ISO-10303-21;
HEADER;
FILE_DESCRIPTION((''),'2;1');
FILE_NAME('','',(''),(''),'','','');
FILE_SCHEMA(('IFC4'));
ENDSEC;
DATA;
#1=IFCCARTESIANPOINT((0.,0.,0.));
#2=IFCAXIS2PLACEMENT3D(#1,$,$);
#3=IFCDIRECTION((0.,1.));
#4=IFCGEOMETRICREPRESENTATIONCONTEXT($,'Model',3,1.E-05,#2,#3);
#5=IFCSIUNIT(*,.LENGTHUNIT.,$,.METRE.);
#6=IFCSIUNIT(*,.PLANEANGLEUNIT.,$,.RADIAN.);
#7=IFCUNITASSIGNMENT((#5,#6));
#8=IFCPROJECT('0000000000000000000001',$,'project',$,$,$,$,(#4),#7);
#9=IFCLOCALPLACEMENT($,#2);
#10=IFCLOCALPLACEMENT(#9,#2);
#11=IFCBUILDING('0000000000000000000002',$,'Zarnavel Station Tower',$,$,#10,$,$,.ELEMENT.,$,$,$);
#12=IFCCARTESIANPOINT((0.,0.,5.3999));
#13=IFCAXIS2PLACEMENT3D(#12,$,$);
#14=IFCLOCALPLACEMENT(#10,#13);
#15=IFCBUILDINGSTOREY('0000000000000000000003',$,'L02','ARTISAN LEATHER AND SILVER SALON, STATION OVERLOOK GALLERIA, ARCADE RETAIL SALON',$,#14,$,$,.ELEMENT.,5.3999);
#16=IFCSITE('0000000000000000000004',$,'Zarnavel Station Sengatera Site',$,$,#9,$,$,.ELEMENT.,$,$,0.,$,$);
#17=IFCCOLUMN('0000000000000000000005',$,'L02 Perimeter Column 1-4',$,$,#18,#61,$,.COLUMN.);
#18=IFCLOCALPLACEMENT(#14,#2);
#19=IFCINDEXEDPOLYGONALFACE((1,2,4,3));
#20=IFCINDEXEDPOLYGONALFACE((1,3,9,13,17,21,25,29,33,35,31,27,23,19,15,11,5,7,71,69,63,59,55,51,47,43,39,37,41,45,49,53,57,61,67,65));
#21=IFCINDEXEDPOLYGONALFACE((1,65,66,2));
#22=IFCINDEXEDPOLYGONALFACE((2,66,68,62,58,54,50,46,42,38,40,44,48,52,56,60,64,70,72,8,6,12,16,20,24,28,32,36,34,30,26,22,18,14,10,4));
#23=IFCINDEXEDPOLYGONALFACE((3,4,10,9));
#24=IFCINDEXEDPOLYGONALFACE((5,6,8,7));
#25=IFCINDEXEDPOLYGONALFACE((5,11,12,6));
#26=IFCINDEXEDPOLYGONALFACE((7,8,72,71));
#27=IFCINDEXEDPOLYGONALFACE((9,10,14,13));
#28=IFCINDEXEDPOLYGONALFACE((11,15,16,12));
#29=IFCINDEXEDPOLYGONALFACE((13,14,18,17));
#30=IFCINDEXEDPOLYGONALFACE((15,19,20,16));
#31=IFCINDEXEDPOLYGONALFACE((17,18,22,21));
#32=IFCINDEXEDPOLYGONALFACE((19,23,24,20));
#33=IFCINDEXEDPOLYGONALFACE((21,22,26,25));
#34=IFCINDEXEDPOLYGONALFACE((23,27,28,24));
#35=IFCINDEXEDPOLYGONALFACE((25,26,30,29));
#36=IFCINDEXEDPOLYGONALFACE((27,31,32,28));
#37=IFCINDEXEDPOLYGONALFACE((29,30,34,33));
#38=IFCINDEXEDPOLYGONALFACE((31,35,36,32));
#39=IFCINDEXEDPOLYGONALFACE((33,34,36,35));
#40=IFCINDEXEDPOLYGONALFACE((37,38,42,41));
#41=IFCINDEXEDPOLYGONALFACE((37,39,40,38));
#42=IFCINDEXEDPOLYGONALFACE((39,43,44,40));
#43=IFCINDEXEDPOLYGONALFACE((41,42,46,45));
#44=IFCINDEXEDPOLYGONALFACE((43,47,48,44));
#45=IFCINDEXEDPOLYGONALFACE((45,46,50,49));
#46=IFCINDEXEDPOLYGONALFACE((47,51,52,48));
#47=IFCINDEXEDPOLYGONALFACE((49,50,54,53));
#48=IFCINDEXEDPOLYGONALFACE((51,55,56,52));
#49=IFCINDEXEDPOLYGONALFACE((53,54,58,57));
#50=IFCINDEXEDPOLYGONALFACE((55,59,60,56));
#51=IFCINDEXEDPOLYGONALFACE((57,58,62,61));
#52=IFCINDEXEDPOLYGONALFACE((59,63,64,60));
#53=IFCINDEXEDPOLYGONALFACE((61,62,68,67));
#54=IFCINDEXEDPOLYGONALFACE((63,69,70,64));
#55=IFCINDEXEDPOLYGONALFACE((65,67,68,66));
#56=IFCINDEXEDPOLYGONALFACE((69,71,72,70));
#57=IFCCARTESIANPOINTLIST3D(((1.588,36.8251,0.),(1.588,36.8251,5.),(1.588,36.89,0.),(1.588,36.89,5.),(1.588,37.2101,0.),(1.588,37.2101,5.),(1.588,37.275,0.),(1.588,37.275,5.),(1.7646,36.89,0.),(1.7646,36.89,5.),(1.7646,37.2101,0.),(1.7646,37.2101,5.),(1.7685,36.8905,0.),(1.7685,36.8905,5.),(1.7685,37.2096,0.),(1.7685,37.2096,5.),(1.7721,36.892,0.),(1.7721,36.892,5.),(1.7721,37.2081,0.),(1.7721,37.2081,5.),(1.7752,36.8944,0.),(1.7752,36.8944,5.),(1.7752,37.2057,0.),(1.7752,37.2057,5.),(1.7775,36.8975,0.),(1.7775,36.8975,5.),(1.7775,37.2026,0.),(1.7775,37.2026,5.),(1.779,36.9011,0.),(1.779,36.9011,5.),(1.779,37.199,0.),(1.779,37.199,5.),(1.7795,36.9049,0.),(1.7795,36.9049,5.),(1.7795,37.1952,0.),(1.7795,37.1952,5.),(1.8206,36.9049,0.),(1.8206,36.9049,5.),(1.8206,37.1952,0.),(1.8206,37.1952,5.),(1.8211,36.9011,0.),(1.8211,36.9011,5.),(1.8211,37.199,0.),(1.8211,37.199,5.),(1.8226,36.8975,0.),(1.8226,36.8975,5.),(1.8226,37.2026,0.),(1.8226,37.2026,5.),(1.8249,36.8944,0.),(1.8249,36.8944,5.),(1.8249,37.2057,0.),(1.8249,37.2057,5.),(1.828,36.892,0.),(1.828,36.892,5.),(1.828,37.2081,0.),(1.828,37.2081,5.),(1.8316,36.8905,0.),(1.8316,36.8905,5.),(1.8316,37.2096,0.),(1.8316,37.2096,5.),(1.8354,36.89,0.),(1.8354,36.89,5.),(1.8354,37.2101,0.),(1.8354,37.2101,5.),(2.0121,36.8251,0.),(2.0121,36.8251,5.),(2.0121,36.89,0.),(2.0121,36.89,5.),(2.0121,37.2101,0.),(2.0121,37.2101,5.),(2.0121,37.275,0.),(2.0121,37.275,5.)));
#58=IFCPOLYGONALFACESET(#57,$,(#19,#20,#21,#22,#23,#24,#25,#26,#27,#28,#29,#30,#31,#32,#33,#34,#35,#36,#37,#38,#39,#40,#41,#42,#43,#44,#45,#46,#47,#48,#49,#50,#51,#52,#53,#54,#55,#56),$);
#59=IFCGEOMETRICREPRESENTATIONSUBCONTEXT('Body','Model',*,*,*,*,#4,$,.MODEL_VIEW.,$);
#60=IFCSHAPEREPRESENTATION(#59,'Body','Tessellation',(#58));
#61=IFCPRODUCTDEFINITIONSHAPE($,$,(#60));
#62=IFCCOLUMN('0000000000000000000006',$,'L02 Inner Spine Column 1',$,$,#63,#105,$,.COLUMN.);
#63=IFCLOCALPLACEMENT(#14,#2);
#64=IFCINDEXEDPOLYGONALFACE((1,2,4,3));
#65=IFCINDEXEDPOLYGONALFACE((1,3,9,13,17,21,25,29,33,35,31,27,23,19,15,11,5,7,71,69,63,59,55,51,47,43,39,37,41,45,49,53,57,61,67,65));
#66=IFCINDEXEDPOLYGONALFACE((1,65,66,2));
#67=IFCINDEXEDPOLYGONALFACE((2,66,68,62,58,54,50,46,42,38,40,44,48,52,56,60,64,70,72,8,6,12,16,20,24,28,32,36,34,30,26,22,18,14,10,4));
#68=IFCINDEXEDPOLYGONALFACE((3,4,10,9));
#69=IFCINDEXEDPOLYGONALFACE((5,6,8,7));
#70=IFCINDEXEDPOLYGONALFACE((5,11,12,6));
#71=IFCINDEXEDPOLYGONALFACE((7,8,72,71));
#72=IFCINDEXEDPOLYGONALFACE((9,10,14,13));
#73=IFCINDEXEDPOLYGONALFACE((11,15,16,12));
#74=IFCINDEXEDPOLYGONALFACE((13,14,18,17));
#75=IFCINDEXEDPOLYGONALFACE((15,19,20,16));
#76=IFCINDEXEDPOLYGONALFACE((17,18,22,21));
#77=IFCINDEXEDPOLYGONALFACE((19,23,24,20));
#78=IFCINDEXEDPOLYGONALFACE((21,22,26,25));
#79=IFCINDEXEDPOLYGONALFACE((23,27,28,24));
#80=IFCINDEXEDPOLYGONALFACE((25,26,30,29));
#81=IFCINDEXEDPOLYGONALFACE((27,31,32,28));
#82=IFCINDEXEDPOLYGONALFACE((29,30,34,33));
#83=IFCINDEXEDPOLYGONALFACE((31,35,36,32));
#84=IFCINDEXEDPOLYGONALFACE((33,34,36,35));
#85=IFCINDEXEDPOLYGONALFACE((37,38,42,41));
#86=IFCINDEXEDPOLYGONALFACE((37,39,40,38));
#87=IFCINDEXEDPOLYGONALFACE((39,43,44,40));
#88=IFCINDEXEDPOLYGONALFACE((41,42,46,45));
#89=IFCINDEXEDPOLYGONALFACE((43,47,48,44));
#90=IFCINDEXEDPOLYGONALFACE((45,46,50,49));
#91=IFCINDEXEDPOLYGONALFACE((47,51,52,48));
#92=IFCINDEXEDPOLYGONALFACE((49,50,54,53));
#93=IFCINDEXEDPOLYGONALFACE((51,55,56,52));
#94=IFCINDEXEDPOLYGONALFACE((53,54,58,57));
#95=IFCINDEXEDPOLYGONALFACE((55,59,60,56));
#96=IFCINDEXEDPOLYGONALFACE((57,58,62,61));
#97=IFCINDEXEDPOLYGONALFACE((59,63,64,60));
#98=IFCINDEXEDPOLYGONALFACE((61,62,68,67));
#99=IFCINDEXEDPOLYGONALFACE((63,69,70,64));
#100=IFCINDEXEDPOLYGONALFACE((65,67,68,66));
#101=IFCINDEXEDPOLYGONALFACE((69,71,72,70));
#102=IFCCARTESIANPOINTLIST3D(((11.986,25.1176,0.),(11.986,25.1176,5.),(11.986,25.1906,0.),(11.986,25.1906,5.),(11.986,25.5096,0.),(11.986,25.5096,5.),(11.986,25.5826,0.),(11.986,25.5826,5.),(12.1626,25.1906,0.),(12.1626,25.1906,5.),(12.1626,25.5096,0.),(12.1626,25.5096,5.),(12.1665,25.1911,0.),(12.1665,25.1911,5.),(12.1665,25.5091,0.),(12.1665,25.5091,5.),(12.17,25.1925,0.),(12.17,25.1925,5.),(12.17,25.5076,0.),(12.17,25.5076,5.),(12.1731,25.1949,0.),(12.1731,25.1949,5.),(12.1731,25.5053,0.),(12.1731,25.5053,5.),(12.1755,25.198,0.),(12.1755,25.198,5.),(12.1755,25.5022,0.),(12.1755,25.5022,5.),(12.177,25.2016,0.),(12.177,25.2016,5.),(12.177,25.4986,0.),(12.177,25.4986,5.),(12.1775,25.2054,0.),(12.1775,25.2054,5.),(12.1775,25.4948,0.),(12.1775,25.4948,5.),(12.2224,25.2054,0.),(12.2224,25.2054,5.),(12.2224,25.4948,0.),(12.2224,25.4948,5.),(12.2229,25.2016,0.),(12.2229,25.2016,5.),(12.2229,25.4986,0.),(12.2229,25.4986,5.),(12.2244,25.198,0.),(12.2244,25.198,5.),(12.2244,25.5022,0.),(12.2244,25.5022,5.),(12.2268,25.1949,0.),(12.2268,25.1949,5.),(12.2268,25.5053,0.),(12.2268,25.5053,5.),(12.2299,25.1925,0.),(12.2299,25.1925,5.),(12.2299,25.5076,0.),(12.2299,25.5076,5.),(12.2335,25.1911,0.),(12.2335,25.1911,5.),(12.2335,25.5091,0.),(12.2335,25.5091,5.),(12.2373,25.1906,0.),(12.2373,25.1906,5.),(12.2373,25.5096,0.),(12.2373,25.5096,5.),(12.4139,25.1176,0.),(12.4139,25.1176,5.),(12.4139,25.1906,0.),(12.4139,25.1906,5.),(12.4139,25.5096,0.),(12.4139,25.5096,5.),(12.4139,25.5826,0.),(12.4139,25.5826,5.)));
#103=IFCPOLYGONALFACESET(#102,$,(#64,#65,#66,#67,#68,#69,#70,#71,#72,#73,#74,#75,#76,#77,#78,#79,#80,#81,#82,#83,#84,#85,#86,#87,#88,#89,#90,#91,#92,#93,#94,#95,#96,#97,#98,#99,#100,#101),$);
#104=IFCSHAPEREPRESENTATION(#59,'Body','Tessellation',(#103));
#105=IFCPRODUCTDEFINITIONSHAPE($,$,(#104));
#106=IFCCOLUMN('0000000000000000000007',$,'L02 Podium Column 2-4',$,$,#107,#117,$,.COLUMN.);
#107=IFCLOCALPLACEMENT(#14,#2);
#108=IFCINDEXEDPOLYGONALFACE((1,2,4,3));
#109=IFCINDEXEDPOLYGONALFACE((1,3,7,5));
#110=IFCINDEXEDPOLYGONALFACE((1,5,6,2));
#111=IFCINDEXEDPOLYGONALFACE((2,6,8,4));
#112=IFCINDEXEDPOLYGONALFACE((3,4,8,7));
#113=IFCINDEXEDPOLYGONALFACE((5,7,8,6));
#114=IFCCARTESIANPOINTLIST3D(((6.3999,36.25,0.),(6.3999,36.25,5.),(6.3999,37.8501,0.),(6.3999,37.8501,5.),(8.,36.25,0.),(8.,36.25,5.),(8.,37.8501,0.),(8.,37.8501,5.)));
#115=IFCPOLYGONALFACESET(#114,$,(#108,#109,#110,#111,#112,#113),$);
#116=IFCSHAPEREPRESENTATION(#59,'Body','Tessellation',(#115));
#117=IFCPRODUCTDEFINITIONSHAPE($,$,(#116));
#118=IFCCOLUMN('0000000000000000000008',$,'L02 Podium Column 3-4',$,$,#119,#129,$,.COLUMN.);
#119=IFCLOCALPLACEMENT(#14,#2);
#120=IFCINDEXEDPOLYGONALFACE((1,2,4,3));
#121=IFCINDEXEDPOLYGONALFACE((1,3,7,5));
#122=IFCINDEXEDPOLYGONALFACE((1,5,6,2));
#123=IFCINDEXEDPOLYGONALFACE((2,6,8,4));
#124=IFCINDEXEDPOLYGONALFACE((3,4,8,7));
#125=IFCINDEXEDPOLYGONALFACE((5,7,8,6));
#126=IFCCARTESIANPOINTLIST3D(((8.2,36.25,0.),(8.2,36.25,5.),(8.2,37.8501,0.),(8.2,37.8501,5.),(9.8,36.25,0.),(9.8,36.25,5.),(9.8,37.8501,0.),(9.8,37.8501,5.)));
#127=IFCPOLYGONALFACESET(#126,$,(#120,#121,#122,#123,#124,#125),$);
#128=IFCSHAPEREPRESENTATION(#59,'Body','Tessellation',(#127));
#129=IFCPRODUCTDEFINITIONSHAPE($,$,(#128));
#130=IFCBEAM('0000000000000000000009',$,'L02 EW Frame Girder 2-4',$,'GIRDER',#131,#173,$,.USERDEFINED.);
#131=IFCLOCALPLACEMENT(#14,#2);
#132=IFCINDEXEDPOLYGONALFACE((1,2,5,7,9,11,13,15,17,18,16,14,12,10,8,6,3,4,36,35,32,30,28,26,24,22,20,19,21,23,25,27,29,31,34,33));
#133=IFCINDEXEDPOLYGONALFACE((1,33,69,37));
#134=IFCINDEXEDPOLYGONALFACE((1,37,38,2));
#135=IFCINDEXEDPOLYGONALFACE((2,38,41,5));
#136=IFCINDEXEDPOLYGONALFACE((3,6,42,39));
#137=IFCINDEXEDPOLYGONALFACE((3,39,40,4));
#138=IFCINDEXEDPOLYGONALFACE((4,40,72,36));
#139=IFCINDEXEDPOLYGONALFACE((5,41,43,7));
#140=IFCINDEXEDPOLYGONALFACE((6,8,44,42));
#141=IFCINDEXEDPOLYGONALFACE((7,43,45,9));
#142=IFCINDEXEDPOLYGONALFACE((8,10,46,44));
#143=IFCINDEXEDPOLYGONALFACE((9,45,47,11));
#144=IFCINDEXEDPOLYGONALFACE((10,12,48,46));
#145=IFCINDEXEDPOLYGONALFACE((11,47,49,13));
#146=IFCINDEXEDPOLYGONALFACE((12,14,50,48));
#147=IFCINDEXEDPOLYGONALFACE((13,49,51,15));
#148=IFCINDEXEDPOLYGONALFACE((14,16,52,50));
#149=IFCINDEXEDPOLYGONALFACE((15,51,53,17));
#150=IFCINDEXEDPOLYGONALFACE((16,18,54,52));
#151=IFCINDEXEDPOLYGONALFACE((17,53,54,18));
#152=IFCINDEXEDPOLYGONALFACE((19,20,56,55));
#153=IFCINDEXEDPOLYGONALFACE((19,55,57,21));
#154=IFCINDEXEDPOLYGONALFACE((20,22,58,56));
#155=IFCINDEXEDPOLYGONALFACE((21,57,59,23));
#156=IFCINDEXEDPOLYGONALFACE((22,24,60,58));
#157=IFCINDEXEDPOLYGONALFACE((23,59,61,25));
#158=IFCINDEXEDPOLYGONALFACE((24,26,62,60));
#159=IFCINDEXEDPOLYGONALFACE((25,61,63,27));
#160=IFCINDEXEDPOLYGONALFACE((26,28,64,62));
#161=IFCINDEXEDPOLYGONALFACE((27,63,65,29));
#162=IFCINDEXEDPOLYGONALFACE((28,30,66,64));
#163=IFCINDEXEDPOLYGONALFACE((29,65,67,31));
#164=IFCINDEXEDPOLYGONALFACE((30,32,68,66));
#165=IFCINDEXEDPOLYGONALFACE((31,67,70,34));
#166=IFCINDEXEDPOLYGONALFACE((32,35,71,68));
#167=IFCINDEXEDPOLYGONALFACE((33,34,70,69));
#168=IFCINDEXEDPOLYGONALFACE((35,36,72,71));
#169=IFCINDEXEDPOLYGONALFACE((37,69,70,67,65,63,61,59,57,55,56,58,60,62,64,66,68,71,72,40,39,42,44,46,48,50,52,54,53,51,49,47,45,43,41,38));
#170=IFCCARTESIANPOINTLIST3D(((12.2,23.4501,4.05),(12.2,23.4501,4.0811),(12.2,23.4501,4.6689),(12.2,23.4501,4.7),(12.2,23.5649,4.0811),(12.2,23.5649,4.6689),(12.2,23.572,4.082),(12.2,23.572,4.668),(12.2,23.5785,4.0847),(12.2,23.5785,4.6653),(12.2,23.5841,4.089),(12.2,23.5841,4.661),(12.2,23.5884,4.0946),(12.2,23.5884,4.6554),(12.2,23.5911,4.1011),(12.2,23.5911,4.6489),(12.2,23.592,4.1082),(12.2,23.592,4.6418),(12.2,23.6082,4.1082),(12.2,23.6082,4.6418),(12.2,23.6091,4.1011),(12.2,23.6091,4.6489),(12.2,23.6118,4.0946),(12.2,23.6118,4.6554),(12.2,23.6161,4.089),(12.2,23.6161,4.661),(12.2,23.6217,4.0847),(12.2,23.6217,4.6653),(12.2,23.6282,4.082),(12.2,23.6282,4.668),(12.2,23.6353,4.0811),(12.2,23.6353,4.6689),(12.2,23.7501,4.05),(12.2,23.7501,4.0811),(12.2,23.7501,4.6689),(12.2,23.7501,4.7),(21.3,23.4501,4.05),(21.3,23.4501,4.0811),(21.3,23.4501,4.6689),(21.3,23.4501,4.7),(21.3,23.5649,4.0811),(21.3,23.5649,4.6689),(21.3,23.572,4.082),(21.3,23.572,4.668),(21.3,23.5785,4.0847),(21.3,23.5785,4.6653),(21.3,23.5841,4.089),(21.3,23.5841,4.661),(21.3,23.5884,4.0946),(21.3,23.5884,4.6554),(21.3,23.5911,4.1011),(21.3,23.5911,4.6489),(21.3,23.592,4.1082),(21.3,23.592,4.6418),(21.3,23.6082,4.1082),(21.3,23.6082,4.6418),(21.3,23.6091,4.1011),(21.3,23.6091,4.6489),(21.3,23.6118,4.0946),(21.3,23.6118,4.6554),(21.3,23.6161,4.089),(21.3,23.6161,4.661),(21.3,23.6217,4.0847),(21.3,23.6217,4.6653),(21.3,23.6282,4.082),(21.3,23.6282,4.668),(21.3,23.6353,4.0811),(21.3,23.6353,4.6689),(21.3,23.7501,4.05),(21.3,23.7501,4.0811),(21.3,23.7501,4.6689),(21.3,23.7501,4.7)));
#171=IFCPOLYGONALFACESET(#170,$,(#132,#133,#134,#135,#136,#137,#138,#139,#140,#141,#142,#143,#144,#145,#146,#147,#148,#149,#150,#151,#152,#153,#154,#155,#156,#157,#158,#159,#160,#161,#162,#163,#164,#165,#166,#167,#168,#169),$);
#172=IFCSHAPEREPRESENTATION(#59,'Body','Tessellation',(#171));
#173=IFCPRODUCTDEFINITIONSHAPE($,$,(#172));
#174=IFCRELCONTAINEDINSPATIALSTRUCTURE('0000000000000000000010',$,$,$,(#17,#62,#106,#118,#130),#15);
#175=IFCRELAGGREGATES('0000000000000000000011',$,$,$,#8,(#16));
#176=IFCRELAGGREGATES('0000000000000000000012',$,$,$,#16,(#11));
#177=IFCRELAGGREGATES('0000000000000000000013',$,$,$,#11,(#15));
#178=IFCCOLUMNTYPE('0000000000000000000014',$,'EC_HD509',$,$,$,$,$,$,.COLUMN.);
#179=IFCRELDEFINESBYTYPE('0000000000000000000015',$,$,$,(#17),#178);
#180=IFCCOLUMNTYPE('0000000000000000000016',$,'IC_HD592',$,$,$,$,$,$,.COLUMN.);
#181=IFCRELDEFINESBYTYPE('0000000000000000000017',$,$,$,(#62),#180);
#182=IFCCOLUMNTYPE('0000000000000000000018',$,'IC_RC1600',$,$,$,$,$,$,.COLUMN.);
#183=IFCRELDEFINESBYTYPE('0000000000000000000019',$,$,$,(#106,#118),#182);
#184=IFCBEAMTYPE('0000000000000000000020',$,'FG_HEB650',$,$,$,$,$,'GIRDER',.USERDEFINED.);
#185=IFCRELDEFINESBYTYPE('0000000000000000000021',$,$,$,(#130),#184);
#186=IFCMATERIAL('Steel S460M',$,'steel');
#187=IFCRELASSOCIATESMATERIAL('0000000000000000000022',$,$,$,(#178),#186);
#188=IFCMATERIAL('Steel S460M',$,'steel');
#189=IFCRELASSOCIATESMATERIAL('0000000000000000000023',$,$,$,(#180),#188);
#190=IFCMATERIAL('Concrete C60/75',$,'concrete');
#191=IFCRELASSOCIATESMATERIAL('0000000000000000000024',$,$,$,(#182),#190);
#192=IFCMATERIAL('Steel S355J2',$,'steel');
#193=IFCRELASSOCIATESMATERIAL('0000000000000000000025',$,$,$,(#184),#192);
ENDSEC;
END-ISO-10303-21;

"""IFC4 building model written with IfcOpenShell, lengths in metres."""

from ifc_helpers import new_model, si_unit, direction, frame, origin, origin_2d, place, context, subcontext, project, spatial, rectangle, i_section, extrude, material, material_profile, profile_set, type_object, element, save


model = new_model("IFC4")

# Units and contexts
model_context = context("Model", 3, precision=1e-05, world=origin(), true_north=direction((0.0, 1.0)))
body_context = subcontext(model_context, "Body", "Model", "MODEL_VIEW")
ifc_project = project(units=[si_unit("LENGTHUNIT", "METRE"), si_unit("PLANEANGLEUNIT", "RADIAN")], contexts=[model_context])

# Site, building, storey
site_placement = place(None, origin())
site = spatial("IfcSite", under=ifc_project, at=site_placement, Name="Zarnavel Station Sengatera Site", CompositionType="ELEMENT", RefElevation=0.0)
building_placement = place(site_placement, origin())
building = spatial("IfcBuilding", under=site, at=building_placement, Name="Zarnavel Station Tower", CompositionType="ELEMENT")
storey_placement = place(building_placement, frame((0.0, 0.0, 5.3999)))
storey = spatial("IfcBuildingStorey", under=building, at=storey_placement, Name="L02", Description="ARTISAN LEATHER AND SILVER SALON, STATION OVERLOOK GALLERIA, ARCADE RETAIL SALON", CompositionType="ELEMENT", Elevation=5.3999)

# Columns
ifc_material_1 = material(Name="Steel S460M", Category="steel")
ifc_material_profile_1 = material_profile(ifc_material_1, i_section(OverallWidth=0.4241, OverallDepth=0.45, WebThickness=0.041, FlangeThickness=0.0649, FilletRadius=0.0149, at=origin_2d()), Name="HD400x509")
ifc_profile_set_1 = profile_set([ifc_material_profile_1], Name="Steel S460M")
column_type_1 = type_object("IfcColumnType", Name="EC_HD509", PredefinedType="COLUMN", material=ifc_profile_set_1)
column_1_placement = place(storey_placement, frame((1.8, 37.05, 0.0), z_axis=(0.0, 0.0, 1.0), x_axis=(1.0, 0.0, 0.0)))
element("IfcColumn", 1, at=column_1_placement, inside=storey, type_object=column_type_1, Name="L02 Perimeter Column 1-4", PredefinedType="COLUMN", context=body_context, shape_type="SweptSolid", body=[
    extrude(i_section(OverallWidth=0.4241, OverallDepth=0.45, WebThickness=0.041, FlangeThickness=0.0649, FilletRadius=0.0149, at=origin_2d()), origin(), (0.0, 0.0, 1.0), 5.0),
])
ifc_material_2 = material(Name="Steel S460M", Category="steel")
ifc_material_profile_2 = material_profile(ifc_material_2, i_section(OverallWidth=0.428, OverallDepth=0.4651, WebThickness=0.0449, FlangeThickness=0.073, FilletRadius=0.0149, at=origin_2d()), Name="HD400x592")
ifc_profile_set_2 = profile_set([ifc_material_profile_2], Name="Steel S460M")
column_type_2 = type_object("IfcColumnType", Name="IC_HD592", PredefinedType="COLUMN", material=ifc_profile_set_2)
column_2_placement = place(storey_placement, frame((12.2, 25.3501, 0.0), z_axis=(0.0, 0.0, 1.0), x_axis=(1.0, 0.0, 0.0)))
element("IfcColumn", 2, at=column_2_placement, inside=storey, type_object=column_type_2, Name="L02 Inner Spine Column 1", PredefinedType="COLUMN", context=body_context, shape_type="SweptSolid", body=[
    extrude(i_section(OverallWidth=0.428, OverallDepth=0.4651, WebThickness=0.0449, FlangeThickness=0.073, FilletRadius=0.0149, at=origin_2d()), origin(), (0.0, 0.0, 1.0), 5.0),
])
ifc_material_3 = material(Name="Concrete C60/75", Category="concrete")
ifc_material_profile_3 = material_profile(ifc_material_3, rectangle(XDim=1.6001, YDim=1.6001, at=origin_2d()), Name="RC1600x1600")
ifc_profile_set_3 = profile_set([ifc_material_profile_3], Name="Concrete C60/75")
column_type_3 = type_object("IfcColumnType", Name="IC_RC1600", PredefinedType="COLUMN", material=ifc_profile_set_3)
for number, where, z_axis, x_axis, name in (
    (3, (7.2, 37.05, 0.0), (0.0, 0.0, 1.0), (1.0, 0.0, 0.0), "L02 Podium Column 2-4"),
    (4, (9.0, 37.05, 0.0), (0.0, 0.0, 1.0), (1.0, 0.0, 0.0), "L02 Podium Column 3-4"),
):
    element("IfcColumn", number, at=place(storey_placement, frame(where, z_axis=z_axis, x_axis=x_axis)), inside=storey, type_object=column_type_3, Name=name, PredefinedType="COLUMN", context=body_context, shape_type="SweptSolid", body=[
        extrude(rectangle(XDim=1.6001, YDim=1.6001, at=origin_2d()), origin(), (0.0, 0.0, 1.0), 5.0),
    ])

# Beam
ifc_material_4 = material(Name="Steel S355J2", Category="steel")
ifc_material_profile_4 = material_profile(ifc_material_4, i_section(OverallWidth=0.3, OverallDepth=0.6499, WebThickness=0.0161, FlangeThickness=0.031, FilletRadius=0.0271, at=origin_2d()), Name="HEB650")
ifc_profile_set_4 = profile_set([ifc_material_profile_4], Name="Steel S355J2")
beam_type = type_object("IfcBeamType", Name="FG_HEB650", ElementType="GIRDER", PredefinedType="USERDEFINED", material=ifc_profile_set_4)
beam_placement = place(storey_placement, frame((12.2, 23.6001, 4.375), z_axis=(1.0, 0.0, 0.0), x_axis=(0.0, 1.0, 0.0)))
element("IfcBeam", 5, at=beam_placement, inside=storey, type_object=beam_type, Name="L02 EW Frame Girder 2-4", ObjectType="GIRDER", PredefinedType="USERDEFINED", context=body_context, shape_type="SweptSolid", body=[
    extrude(i_section(OverallWidth=0.3, OverallDepth=0.6499, WebThickness=0.0161, FlangeThickness=0.031, FilletRadius=0.0271, at=origin_2d()), origin(), (0.0, 0.0, 1.0), 9.1001),
])

save(model, "model.ifc")
